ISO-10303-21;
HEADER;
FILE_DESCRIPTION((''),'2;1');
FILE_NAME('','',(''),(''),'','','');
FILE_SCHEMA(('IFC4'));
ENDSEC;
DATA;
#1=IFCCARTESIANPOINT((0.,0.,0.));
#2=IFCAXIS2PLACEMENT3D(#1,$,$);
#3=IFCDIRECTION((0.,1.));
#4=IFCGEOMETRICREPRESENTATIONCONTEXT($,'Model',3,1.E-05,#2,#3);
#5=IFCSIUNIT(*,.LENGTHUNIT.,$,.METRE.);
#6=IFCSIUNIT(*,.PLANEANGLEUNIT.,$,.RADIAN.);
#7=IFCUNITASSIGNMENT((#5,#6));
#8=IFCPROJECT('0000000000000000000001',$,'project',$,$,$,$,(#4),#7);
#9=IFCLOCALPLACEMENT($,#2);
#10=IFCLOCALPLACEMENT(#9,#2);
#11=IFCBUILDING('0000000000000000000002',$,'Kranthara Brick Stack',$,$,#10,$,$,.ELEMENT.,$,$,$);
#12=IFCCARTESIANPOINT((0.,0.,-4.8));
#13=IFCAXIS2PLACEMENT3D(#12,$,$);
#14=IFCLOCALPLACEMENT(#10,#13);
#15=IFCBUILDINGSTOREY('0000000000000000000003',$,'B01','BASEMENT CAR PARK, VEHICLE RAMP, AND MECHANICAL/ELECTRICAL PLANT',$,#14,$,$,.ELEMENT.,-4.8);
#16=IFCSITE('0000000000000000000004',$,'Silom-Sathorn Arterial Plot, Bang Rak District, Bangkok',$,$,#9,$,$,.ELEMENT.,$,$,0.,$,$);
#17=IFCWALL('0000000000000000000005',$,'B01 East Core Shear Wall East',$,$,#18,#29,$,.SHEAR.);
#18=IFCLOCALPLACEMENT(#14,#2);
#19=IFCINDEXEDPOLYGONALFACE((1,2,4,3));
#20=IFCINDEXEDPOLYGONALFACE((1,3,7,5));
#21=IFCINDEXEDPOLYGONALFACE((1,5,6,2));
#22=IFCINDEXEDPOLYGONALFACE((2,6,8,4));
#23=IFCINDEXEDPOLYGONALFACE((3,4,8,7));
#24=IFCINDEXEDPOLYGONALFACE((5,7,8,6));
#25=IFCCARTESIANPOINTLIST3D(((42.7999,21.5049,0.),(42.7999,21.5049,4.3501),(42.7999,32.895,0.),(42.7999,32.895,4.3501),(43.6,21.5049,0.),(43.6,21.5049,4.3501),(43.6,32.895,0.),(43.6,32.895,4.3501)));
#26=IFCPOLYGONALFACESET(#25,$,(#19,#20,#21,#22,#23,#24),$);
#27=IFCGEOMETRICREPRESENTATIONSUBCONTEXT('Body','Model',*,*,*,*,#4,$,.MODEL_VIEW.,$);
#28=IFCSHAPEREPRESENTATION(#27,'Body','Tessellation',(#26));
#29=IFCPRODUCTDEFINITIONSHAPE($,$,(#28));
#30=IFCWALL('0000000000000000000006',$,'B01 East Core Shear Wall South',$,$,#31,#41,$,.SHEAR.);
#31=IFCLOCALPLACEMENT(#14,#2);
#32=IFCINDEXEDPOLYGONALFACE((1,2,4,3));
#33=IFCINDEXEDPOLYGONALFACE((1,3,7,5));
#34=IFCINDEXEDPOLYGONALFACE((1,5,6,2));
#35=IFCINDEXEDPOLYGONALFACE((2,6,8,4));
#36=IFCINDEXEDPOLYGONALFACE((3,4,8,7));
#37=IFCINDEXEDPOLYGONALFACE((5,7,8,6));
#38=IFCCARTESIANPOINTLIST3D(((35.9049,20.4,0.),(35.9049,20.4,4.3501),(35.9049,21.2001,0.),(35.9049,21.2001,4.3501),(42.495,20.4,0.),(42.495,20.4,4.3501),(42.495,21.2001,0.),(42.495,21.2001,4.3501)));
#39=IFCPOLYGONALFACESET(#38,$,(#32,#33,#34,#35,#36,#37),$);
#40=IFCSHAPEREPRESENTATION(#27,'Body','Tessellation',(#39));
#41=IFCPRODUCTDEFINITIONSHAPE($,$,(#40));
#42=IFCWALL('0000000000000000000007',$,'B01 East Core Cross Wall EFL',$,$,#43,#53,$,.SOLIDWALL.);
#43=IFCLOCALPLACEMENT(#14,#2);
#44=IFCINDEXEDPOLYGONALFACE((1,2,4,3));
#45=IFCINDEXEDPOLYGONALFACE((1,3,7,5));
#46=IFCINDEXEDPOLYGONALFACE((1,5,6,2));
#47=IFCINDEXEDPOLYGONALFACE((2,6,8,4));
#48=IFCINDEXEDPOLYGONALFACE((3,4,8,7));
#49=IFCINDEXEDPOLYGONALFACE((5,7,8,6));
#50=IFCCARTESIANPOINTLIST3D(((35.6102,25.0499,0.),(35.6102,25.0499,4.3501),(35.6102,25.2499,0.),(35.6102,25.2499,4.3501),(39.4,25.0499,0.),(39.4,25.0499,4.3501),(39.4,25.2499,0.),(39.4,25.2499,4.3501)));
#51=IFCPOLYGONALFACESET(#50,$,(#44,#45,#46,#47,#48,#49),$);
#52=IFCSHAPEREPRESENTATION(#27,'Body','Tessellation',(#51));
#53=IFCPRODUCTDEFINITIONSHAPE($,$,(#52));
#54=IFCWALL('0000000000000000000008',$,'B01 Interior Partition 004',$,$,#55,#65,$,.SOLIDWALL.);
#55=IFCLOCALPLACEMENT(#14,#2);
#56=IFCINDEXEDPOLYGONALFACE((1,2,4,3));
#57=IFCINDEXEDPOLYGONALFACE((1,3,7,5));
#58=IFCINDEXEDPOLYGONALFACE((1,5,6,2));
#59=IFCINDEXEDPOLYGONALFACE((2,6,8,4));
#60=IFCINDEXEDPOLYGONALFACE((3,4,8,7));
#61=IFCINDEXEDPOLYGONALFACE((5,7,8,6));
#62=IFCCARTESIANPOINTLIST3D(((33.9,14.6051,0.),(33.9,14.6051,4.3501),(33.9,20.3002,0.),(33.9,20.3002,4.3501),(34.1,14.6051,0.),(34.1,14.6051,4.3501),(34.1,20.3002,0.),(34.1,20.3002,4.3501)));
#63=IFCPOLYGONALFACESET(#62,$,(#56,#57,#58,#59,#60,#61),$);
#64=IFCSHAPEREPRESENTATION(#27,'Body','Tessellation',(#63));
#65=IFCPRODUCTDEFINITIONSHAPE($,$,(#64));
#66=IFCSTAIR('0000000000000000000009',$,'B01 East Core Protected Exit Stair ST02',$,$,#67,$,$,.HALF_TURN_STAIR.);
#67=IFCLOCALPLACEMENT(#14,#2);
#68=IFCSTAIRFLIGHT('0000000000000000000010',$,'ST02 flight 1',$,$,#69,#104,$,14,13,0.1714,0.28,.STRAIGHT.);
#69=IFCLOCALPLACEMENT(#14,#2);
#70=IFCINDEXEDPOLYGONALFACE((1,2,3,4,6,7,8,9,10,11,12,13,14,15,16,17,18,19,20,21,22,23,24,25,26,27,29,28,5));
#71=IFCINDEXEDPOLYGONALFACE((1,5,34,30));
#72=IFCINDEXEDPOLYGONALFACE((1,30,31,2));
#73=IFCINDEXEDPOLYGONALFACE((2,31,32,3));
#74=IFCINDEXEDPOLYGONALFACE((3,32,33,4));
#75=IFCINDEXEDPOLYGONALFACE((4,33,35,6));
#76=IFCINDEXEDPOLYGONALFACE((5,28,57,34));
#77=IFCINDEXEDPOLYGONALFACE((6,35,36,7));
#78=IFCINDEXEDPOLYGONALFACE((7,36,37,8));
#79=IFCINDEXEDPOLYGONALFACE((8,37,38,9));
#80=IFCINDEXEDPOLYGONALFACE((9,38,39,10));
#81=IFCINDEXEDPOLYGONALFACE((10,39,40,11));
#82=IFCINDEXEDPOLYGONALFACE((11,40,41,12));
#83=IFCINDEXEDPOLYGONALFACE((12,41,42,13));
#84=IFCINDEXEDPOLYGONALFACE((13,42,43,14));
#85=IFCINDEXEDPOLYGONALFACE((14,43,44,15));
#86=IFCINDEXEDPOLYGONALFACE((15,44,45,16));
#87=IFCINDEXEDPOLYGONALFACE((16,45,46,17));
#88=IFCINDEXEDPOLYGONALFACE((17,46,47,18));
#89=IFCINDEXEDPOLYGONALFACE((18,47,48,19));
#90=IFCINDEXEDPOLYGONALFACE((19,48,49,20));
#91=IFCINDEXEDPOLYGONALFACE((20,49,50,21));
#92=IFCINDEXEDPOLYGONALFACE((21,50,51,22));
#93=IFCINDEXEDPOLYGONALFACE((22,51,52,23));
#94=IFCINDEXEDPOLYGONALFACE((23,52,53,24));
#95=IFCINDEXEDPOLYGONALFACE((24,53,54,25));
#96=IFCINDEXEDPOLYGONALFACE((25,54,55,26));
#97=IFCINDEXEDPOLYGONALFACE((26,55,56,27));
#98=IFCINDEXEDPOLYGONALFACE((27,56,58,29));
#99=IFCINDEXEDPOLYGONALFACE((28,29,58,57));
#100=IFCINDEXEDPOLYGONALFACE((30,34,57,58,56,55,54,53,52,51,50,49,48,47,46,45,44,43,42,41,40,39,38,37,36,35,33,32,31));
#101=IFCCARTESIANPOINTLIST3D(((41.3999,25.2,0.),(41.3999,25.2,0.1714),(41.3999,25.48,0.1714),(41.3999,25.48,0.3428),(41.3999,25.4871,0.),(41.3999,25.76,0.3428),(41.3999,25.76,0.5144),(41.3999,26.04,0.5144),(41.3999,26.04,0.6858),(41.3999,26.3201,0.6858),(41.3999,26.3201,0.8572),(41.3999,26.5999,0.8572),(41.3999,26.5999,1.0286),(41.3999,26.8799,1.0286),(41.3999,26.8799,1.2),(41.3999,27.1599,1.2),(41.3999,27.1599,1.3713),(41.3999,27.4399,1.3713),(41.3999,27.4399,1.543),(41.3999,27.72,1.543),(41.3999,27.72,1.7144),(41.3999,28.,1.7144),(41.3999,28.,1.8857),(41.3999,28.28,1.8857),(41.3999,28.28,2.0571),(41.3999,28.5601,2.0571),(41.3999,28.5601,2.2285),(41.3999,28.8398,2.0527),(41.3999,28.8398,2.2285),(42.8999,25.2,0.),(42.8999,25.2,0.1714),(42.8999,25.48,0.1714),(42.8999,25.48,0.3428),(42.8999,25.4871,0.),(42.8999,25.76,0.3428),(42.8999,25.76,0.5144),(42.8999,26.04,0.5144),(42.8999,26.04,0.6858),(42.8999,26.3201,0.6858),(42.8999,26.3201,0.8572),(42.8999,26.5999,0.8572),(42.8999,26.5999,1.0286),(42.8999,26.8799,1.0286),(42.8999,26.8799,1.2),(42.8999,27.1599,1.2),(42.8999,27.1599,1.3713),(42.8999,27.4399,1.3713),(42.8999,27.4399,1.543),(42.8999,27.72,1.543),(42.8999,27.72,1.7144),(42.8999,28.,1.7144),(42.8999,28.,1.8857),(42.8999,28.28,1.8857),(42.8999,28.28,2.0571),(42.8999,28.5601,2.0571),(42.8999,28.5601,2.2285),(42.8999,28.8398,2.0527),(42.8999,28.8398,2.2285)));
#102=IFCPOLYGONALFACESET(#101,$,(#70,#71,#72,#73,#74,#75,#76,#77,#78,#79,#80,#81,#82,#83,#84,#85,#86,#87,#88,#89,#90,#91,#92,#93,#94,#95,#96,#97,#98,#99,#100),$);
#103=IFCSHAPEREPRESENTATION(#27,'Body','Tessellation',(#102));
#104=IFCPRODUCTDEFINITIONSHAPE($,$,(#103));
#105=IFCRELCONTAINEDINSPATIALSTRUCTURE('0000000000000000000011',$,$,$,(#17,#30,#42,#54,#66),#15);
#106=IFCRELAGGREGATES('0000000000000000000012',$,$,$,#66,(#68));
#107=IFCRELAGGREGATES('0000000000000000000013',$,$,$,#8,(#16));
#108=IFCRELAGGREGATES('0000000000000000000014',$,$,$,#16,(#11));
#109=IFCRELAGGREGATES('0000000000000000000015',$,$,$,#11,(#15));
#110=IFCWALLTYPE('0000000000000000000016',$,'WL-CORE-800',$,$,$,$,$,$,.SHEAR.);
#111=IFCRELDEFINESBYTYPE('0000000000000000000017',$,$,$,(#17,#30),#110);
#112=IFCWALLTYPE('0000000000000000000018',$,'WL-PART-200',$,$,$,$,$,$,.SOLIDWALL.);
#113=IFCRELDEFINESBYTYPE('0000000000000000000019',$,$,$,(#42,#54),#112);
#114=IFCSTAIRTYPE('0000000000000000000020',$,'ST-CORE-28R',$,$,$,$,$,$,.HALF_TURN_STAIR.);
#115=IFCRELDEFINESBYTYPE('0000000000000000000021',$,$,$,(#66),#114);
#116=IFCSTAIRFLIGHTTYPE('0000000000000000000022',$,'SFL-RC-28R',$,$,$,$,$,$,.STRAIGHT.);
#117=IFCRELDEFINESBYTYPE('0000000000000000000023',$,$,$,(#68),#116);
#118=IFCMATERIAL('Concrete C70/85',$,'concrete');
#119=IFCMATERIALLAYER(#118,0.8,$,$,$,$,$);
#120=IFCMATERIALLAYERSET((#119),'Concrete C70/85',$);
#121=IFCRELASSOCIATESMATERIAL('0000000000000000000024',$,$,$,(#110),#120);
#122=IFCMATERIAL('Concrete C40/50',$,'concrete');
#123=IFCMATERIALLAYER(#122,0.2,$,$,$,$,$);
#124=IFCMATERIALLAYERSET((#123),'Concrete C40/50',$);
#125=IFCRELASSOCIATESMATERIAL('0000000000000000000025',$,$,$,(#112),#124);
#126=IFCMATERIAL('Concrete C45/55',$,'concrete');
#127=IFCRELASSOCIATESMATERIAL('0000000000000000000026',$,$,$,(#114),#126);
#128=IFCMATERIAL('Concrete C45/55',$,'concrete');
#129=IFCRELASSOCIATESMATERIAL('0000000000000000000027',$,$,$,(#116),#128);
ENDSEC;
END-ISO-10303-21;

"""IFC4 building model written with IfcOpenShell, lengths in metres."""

from ifc_helpers import new_model, si_unit, direction, frame, frame_2d, origin, place, context, subcontext, project, spatial, polyline, rectangle, outline, extrude, material, layer, layer_set, type_object, element, aggregate, save


model = new_model("IFC4")

# Units and contexts
model_context = context("Model", 3, precision=1e-05, world=origin(), true_north=direction((0.0, 1.0)))
body_context = subcontext(model_context, "Body", "Model", "MODEL_VIEW")
ifc_project = project(units=[si_unit("LENGTHUNIT", "METRE"), si_unit("PLANEANGLEUNIT", "RADIAN")], contexts=[model_context])

# Site, building, storey
site_placement = place(None, origin())
site = spatial("IfcSite", under=ifc_project, at=site_placement, Name="Silom-Sathorn Arterial Plot, Bang Rak District, Bangkok", CompositionType="ELEMENT", RefElevation=0.0)
building_placement = place(site_placement, origin())
building = spatial("IfcBuilding", under=site, at=building_placement, Name="Kranthara Brick Stack", CompositionType="ELEMENT")
storey_placement = place(building_placement, frame((0.0, 0.0, -4.8)))
storey = spatial("IfcBuildingStorey", under=building, at=storey_placement, Name="B01", Description="BASEMENT CAR PARK, VEHICLE RAMP, AND MECHANICAL/ELECTRICAL PLANT", CompositionType="ELEMENT", Elevation=-4.8)

# Walls
ifc_material_1 = material(Name="Concrete C70/85", Category="concrete")
ifc_layer_1 = layer(ifc_material_1, 0.8)
ifc_layer_set_1 = layer_set([ifc_layer_1], Name="Concrete C70/85")
wall_type_1 = type_object("IfcWallType", Name="WL-CORE-800", PredefinedType="SHEAR", material=ifc_layer_set_1)
wall_1_placement = place(storey_placement, frame((43.2, 21.5049, 0.0), z_axis=(0.0, 0.0, 1.0), x_axis=(0.0, 1.0, 0.0)))
element("IfcWall", 1, at=wall_1_placement, inside=storey, type_object=wall_type_1, Name="B01 East Core Shear Wall East", PredefinedType="SHEAR", context=body_context, shape_type="SweptSolid", body=[
    extrude(rectangle(XDim=11.3901, YDim=0.8, at=frame_2d((5.6951, 0.0))), origin(), (0.0, 0.0, 1.0), 4.3501),
])
wall_2_placement = place(storey_placement, frame((35.905, 20.8, 0.0), z_axis=(0.0, 0.0, 1.0), x_axis=(1.0, 0.0, 0.0)))
element("IfcWall", 2, at=wall_2_placement, inside=storey, type_object=wall_type_1, Name="B01 East Core Shear Wall South", PredefinedType="SHEAR", context=body_context, shape_type="SweptSolid", body=[
    extrude(rectangle(XDim=6.5901, YDim=0.8, at=frame_2d((3.2949, 0.0))), origin(), (0.0, 0.0, 1.0), 4.3501),
])

# Wall
ifc_material_2 = material(Name="Concrete C40/50", Category="concrete")
ifc_layer_2 = layer(ifc_material_2, 0.2)
ifc_layer_set_2 = layer_set([ifc_layer_2], Name="Concrete C40/50")
wall_type_2 = type_object("IfcWallType", Name="WL-PART-200", PredefinedType="SOLIDWALL", material=ifc_layer_set_2)
wall_3_placement = place(storey_placement, frame((35.6101, 25.1499, 0.0), z_axis=(0.0, 0.0, 1.0), x_axis=(1.0, 0.0, 0.0)))
element("IfcWall", 3, at=wall_3_placement, inside=storey, type_object=wall_type_2, Name="B01 East Core Cross Wall EFL", PredefinedType="SOLIDWALL", context=body_context, shape_type="SweptSolid", body=[
    extrude(rectangle(XDim=3.7898, YDim=0.2, at=frame_2d((1.895, 0.0))), origin(), (0.0, 0.0, 1.0), 4.3501),
])

# Wall
wall_4_placement = place(storey_placement, frame((34.0, 14.605, 0.0), z_axis=(0.0, 0.0, 1.0), x_axis=(0.0, 1.0, 0.0)))
element("IfcWall", 4, at=wall_4_placement, inside=storey, type_object=wall_type_2, Name="B01 Interior Partition 004", PredefinedType="SOLIDWALL", context=body_context, shape_type="SweptSolid", body=[
    extrude(rectangle(XDim=5.6951, YDim=0.2, at=frame_2d((2.8477, 0.0))), origin(), (0.0, 0.0, 1.0), 4.3501),
])

# Stair, stair flight
ifc_material_3 = material(Name="Concrete C45/55", Category="concrete")
stair_type = type_object("IfcStairType", Name="ST-CORE-28R", PredefinedType="HALF_TURN_STAIR", material=ifc_material_3)
stair_placement = place(storey_placement, origin())
stair = element("IfcStair", 5, at=stair_placement, inside=storey, type_object=stair_type, Name="B01 East Core Protected Exit Stair ST02", PredefinedType="HALF_TURN_STAIR")
ifc_material_4 = material(Name="Concrete C45/55", Category="concrete")
stair_flight_type = type_object("IfcStairFlightType", Name="SFL-RC-28R", PredefinedType="STRAIGHT", material=ifc_material_4)
stair_flight_placement = place(storey_placement, frame((42.1499, 25.2, 0.0), z_axis=(0.0, 0.0, 1.0), x_axis=(0.0, 1.0, 0.0)))
stair_flight = element("IfcStairFlight", 6, at=stair_flight_placement, type_object=stair_flight_type, Name="ST02 flight 1", NumberOfRisers=14, NumberOfTreads=13, PredefinedType="STRAIGHT", RiserHeight=0.1714, TreadLength=0.28, context=body_context, shape_type="SweptSolid", body=[
    extrude(outline(polyline([(0.0, 0.0), (0.0, 0.1714), (0.28, 0.1714), (0.28, 0.3428), (0.5601, 0.3428), (0.5601, 0.5144), (0.8401, 0.5144), (0.8401, 0.6858), (1.1201, 0.6858), (1.1201, 0.8572), (1.3999, 0.8572), (1.3999, 1.0286), (1.6799, 1.0286), (1.6799, 1.2), (1.96, 1.2), (1.96, 1.3713), (2.24, 1.3713), (2.24, 1.543), (2.52, 1.543), (2.52, 1.7144), (2.8, 1.7144), (2.8, 1.8857), (3.0801, 1.8857), (3.0801, 2.0571), (3.3601, 2.0571), (3.3601, 2.2285), (3.6399, 2.2285), (3.6399, 2.3999), (3.6399, 2.0527), (0.2871, 0.0), (0.0, 0.0)])), frame((0.0, 0.75, 0.0), z_axis=(0.0, -1.0, 0.0), x_axis=(1.0, 0.0, 0.0)), (0.0, 0.0, 1.0), 1.5),
])
aggregate(stair, [stair_flight])

save(model, "model.ifc")
